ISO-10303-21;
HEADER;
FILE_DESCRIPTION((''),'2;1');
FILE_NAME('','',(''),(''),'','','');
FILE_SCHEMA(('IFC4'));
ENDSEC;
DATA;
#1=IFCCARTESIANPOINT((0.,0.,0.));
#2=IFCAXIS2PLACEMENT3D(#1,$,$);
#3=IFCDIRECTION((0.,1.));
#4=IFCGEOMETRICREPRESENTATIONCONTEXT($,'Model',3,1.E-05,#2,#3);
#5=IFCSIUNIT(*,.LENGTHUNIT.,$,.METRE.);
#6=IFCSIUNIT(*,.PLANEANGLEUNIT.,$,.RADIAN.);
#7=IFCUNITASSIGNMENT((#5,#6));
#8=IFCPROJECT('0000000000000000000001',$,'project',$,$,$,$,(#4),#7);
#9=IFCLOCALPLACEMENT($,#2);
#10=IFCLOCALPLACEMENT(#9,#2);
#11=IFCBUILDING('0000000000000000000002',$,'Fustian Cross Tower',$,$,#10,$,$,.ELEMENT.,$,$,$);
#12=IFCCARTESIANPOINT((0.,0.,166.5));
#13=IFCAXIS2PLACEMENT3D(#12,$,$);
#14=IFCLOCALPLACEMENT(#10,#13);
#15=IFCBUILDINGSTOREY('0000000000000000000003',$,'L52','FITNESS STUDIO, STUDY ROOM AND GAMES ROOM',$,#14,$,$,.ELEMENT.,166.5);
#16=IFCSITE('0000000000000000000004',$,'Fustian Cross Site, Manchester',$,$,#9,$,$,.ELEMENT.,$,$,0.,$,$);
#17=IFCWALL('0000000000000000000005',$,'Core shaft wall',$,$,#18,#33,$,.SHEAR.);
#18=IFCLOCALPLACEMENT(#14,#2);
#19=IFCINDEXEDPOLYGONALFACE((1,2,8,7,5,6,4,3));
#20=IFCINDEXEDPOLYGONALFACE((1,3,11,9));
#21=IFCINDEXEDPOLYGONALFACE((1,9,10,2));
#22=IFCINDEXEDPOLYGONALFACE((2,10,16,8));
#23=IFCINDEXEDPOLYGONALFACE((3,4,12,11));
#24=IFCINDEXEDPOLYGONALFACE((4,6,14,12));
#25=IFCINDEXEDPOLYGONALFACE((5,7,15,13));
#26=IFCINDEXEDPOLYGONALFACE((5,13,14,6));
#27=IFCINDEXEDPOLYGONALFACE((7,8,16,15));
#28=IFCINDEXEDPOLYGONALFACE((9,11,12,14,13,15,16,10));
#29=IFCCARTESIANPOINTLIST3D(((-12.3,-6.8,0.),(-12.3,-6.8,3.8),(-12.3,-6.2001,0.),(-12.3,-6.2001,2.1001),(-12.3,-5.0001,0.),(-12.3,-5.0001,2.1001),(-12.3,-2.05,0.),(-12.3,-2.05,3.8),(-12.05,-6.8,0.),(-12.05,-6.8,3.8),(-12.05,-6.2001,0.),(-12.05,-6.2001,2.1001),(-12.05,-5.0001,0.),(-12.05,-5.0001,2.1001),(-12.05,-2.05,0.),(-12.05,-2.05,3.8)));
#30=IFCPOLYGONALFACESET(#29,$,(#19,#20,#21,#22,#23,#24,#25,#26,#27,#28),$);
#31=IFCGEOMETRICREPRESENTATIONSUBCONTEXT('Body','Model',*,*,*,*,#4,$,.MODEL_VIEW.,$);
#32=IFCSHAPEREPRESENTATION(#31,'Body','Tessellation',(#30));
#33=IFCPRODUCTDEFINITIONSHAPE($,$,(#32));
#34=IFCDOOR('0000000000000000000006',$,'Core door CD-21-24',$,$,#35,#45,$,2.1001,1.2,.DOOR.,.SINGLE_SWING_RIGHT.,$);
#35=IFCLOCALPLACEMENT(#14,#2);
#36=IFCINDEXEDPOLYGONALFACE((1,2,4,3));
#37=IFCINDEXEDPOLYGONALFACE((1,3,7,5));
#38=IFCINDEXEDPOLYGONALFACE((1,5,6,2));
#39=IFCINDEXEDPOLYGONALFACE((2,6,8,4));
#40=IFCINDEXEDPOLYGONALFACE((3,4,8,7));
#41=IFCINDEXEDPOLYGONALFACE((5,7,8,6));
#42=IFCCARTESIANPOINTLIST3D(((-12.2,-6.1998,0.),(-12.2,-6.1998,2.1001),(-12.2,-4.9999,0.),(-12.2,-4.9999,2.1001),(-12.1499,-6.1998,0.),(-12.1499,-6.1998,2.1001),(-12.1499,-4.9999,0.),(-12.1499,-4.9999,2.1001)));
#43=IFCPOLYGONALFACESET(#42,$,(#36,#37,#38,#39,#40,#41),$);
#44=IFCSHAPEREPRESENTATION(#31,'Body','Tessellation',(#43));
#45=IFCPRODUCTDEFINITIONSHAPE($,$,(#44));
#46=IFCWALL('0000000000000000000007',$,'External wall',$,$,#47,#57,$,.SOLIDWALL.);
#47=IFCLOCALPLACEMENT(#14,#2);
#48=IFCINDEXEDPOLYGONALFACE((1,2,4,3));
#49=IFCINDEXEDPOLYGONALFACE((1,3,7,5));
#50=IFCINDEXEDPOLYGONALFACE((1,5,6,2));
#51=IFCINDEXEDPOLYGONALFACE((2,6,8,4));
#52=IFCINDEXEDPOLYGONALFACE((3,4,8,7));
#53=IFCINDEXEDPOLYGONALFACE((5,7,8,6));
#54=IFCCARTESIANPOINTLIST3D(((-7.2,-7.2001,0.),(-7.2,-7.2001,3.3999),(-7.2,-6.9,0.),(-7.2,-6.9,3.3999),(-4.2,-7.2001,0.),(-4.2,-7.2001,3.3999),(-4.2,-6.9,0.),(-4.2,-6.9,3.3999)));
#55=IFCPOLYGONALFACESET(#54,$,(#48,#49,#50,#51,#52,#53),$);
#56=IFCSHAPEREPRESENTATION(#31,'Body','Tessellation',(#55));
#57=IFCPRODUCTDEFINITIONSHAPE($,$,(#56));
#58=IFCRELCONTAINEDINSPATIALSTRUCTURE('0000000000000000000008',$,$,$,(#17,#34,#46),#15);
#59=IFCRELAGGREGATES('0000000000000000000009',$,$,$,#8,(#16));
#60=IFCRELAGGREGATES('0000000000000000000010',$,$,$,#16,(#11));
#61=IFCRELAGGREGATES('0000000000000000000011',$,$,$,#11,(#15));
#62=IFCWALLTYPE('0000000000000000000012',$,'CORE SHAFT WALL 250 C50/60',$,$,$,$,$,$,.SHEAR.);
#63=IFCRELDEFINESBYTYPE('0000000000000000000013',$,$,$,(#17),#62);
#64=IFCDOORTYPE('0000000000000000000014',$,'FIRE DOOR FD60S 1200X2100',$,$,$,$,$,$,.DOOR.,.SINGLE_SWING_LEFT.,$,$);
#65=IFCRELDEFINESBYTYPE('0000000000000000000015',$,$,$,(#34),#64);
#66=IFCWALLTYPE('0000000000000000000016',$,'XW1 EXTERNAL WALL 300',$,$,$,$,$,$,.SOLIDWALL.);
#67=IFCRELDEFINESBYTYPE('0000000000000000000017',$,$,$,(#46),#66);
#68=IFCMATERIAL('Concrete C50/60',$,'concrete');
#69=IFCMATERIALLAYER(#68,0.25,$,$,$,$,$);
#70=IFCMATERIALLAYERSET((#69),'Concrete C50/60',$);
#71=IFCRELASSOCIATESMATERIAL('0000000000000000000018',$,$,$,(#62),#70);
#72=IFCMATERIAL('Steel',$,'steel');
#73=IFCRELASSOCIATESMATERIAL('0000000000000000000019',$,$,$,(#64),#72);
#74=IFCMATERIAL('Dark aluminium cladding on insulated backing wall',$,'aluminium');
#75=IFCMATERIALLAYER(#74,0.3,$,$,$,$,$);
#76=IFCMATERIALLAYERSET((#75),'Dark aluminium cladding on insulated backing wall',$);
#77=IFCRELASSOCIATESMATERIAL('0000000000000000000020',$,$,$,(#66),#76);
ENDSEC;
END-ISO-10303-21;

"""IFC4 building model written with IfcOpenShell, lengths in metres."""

from ifc_helpers import new_model, si_unit, direction, frame, frame_2d, origin, place, context, subcontext, project, spatial, rectangle, extrude, material, layer, layer_set, type_object, element, fill, save


model = new_model("IFC4")

# Units and contexts
model_context = context("Model", 3, precision=1e-05, world=origin(), true_north=direction((0.0, 1.0)))
body_context = subcontext(model_context, "Body", "Model", "MODEL_VIEW")
ifc_project = project(units=[si_unit("LENGTHUNIT", "METRE"), si_unit("PLANEANGLEUNIT", "RADIAN")], contexts=[model_context])

# Site, building, storey
site_placement = place(None, origin())
site = spatial("IfcSite", under=ifc_project, at=site_placement, Name="Fustian Cross Site, Manchester", CompositionType="ELEMENT", RefElevation=0.0)
building_placement = place(site_placement, origin())
building = spatial("IfcBuilding", under=site, at=building_placement, Name="Fustian Cross Tower", CompositionType="ELEMENT")
storey_placement = place(building_placement, frame((0.0, 0.0, 166.5)))
storey = spatial("IfcBuildingStorey", under=building, at=storey_placement, Name="L52", Description="FITNESS STUDIO, STUDY ROOM AND GAMES ROOM", CompositionType="ELEMENT", Elevation=166.5)

# Shared definitions
ifc_material_1 = material(Name="Concrete C50/60", Category="concrete")
ifc_layer_1 = layer(ifc_material_1, 0.25)
ifc_layer_set_1 = layer_set([ifc_layer_1], Name="Concrete C50/60")
wall_type_1 = type_object("IfcWallType", Name="CORE SHAFT WALL 250 C50/60", PredefinedType="SHEAR", material=ifc_layer_set_1)

# Wall, opening, door
wall_1_placement = place(storey_placement, frame((-12.175, -2.05, 0.0), z_axis=(0.0, 0.0, 1.0), x_axis=(0.0, -1.0, 0.0)))
wall_1 = element("IfcWall", 1, at=wall_1_placement, inside=storey, type_object=wall_type_1, Name="Core shaft wall", PredefinedType="SHEAR", context=body_context, shape_type="SweptSolid", body=[
    extrude(rectangle(XDim=4.75, YDim=0.25, at=frame_2d((2.375, 0.0))), origin(), (0.0, 0.0, 1.0), 3.8),
])
opening_1_placement = place(wall_1_placement, frame((2.95, 0.0, 0.0)))
opening_1 = element("IfcOpeningElement", 2, at=opening_1_placement, cuts=wall_1, PredefinedType="OPENING", context=body_context, shape_type="SweptSolid", body=[
    extrude(rectangle(XDim=1.2, YDim=2.1001, at=frame_2d((0.6001, 1.05))), frame((0.0, 0.135, 0.0), z_axis=(0.0, -1.0, 0.0), x_axis=(1.0, 0.0, 0.0)), (0.0, 0.0, 1.0), 0.27),
])
ifc_material_2 = material(Name="Steel", Category="steel")
door_type_1 = type_object("IfcDoorType", Name="FIRE DOOR FD60S 1200X2100", OperationType="SINGLE_SWING_LEFT", PredefinedType="DOOR", material=ifc_material_2)
door_1_placement = place(opening_1_placement, frame((1.2, 0.0, 0.0), z_axis=(0.0, 0.0, 1.0), x_axis=(-1.0, 0.0, 0.0)))
door_1 = element("IfcDoor", 3, at=door_1_placement, inside=storey, type_object=door_type_1, Name="Core door CD-21-24", OperationType="SINGLE_SWING_RIGHT", OverallHeight=2.1001, OverallWidth=1.2, PredefinedType="DOOR", context=body_context, shape_type="SweptSolid", body=[
    extrude(rectangle(XDim=1.2, YDim=2.1001, at=frame_2d((0.6001, 1.05))), frame((0.0, 0.0249, 0.0), z_axis=(0.0, -1.0, 0.0), x_axis=(1.0, 0.0, 0.0)), (0.0, 0.0, 1.0), 0.05),
])
fill(opening_1, door_1)

# Wall
ifc_material_3 = material(Name="Dark aluminium cladding on insulated backing wall", Category="aluminium")
ifc_layer_2 = layer(ifc_material_3, 0.3)
ifc_layer_set_2 = layer_set([ifc_layer_2], Name="Dark aluminium cladding on insulated backing wall")
wall_type_2 = type_object("IfcWallType", Name="XW1 EXTERNAL WALL 300", PredefinedType="SOLIDWALL", material=ifc_layer_set_2)
wall_2_placement = place(storey_placement, frame((-7.2, -7.05, 0.0), z_axis=(0.0, 0.0, 1.0), x_axis=(1.0, 0.0, 0.0)))
element("IfcWall", 4, at=wall_2_placement, inside=storey, type_object=wall_type_2, Name="External wall", PredefinedType="SOLIDWALL", context=body_context, shape_type="SweptSolid", body=[
    extrude(rectangle(XDim=3.0, YDim=0.3, at=frame_2d((1.5, 0.0))), origin(), (0.0, 0.0, 1.0), 3.3999),
])

save(model, "model.ifc")
